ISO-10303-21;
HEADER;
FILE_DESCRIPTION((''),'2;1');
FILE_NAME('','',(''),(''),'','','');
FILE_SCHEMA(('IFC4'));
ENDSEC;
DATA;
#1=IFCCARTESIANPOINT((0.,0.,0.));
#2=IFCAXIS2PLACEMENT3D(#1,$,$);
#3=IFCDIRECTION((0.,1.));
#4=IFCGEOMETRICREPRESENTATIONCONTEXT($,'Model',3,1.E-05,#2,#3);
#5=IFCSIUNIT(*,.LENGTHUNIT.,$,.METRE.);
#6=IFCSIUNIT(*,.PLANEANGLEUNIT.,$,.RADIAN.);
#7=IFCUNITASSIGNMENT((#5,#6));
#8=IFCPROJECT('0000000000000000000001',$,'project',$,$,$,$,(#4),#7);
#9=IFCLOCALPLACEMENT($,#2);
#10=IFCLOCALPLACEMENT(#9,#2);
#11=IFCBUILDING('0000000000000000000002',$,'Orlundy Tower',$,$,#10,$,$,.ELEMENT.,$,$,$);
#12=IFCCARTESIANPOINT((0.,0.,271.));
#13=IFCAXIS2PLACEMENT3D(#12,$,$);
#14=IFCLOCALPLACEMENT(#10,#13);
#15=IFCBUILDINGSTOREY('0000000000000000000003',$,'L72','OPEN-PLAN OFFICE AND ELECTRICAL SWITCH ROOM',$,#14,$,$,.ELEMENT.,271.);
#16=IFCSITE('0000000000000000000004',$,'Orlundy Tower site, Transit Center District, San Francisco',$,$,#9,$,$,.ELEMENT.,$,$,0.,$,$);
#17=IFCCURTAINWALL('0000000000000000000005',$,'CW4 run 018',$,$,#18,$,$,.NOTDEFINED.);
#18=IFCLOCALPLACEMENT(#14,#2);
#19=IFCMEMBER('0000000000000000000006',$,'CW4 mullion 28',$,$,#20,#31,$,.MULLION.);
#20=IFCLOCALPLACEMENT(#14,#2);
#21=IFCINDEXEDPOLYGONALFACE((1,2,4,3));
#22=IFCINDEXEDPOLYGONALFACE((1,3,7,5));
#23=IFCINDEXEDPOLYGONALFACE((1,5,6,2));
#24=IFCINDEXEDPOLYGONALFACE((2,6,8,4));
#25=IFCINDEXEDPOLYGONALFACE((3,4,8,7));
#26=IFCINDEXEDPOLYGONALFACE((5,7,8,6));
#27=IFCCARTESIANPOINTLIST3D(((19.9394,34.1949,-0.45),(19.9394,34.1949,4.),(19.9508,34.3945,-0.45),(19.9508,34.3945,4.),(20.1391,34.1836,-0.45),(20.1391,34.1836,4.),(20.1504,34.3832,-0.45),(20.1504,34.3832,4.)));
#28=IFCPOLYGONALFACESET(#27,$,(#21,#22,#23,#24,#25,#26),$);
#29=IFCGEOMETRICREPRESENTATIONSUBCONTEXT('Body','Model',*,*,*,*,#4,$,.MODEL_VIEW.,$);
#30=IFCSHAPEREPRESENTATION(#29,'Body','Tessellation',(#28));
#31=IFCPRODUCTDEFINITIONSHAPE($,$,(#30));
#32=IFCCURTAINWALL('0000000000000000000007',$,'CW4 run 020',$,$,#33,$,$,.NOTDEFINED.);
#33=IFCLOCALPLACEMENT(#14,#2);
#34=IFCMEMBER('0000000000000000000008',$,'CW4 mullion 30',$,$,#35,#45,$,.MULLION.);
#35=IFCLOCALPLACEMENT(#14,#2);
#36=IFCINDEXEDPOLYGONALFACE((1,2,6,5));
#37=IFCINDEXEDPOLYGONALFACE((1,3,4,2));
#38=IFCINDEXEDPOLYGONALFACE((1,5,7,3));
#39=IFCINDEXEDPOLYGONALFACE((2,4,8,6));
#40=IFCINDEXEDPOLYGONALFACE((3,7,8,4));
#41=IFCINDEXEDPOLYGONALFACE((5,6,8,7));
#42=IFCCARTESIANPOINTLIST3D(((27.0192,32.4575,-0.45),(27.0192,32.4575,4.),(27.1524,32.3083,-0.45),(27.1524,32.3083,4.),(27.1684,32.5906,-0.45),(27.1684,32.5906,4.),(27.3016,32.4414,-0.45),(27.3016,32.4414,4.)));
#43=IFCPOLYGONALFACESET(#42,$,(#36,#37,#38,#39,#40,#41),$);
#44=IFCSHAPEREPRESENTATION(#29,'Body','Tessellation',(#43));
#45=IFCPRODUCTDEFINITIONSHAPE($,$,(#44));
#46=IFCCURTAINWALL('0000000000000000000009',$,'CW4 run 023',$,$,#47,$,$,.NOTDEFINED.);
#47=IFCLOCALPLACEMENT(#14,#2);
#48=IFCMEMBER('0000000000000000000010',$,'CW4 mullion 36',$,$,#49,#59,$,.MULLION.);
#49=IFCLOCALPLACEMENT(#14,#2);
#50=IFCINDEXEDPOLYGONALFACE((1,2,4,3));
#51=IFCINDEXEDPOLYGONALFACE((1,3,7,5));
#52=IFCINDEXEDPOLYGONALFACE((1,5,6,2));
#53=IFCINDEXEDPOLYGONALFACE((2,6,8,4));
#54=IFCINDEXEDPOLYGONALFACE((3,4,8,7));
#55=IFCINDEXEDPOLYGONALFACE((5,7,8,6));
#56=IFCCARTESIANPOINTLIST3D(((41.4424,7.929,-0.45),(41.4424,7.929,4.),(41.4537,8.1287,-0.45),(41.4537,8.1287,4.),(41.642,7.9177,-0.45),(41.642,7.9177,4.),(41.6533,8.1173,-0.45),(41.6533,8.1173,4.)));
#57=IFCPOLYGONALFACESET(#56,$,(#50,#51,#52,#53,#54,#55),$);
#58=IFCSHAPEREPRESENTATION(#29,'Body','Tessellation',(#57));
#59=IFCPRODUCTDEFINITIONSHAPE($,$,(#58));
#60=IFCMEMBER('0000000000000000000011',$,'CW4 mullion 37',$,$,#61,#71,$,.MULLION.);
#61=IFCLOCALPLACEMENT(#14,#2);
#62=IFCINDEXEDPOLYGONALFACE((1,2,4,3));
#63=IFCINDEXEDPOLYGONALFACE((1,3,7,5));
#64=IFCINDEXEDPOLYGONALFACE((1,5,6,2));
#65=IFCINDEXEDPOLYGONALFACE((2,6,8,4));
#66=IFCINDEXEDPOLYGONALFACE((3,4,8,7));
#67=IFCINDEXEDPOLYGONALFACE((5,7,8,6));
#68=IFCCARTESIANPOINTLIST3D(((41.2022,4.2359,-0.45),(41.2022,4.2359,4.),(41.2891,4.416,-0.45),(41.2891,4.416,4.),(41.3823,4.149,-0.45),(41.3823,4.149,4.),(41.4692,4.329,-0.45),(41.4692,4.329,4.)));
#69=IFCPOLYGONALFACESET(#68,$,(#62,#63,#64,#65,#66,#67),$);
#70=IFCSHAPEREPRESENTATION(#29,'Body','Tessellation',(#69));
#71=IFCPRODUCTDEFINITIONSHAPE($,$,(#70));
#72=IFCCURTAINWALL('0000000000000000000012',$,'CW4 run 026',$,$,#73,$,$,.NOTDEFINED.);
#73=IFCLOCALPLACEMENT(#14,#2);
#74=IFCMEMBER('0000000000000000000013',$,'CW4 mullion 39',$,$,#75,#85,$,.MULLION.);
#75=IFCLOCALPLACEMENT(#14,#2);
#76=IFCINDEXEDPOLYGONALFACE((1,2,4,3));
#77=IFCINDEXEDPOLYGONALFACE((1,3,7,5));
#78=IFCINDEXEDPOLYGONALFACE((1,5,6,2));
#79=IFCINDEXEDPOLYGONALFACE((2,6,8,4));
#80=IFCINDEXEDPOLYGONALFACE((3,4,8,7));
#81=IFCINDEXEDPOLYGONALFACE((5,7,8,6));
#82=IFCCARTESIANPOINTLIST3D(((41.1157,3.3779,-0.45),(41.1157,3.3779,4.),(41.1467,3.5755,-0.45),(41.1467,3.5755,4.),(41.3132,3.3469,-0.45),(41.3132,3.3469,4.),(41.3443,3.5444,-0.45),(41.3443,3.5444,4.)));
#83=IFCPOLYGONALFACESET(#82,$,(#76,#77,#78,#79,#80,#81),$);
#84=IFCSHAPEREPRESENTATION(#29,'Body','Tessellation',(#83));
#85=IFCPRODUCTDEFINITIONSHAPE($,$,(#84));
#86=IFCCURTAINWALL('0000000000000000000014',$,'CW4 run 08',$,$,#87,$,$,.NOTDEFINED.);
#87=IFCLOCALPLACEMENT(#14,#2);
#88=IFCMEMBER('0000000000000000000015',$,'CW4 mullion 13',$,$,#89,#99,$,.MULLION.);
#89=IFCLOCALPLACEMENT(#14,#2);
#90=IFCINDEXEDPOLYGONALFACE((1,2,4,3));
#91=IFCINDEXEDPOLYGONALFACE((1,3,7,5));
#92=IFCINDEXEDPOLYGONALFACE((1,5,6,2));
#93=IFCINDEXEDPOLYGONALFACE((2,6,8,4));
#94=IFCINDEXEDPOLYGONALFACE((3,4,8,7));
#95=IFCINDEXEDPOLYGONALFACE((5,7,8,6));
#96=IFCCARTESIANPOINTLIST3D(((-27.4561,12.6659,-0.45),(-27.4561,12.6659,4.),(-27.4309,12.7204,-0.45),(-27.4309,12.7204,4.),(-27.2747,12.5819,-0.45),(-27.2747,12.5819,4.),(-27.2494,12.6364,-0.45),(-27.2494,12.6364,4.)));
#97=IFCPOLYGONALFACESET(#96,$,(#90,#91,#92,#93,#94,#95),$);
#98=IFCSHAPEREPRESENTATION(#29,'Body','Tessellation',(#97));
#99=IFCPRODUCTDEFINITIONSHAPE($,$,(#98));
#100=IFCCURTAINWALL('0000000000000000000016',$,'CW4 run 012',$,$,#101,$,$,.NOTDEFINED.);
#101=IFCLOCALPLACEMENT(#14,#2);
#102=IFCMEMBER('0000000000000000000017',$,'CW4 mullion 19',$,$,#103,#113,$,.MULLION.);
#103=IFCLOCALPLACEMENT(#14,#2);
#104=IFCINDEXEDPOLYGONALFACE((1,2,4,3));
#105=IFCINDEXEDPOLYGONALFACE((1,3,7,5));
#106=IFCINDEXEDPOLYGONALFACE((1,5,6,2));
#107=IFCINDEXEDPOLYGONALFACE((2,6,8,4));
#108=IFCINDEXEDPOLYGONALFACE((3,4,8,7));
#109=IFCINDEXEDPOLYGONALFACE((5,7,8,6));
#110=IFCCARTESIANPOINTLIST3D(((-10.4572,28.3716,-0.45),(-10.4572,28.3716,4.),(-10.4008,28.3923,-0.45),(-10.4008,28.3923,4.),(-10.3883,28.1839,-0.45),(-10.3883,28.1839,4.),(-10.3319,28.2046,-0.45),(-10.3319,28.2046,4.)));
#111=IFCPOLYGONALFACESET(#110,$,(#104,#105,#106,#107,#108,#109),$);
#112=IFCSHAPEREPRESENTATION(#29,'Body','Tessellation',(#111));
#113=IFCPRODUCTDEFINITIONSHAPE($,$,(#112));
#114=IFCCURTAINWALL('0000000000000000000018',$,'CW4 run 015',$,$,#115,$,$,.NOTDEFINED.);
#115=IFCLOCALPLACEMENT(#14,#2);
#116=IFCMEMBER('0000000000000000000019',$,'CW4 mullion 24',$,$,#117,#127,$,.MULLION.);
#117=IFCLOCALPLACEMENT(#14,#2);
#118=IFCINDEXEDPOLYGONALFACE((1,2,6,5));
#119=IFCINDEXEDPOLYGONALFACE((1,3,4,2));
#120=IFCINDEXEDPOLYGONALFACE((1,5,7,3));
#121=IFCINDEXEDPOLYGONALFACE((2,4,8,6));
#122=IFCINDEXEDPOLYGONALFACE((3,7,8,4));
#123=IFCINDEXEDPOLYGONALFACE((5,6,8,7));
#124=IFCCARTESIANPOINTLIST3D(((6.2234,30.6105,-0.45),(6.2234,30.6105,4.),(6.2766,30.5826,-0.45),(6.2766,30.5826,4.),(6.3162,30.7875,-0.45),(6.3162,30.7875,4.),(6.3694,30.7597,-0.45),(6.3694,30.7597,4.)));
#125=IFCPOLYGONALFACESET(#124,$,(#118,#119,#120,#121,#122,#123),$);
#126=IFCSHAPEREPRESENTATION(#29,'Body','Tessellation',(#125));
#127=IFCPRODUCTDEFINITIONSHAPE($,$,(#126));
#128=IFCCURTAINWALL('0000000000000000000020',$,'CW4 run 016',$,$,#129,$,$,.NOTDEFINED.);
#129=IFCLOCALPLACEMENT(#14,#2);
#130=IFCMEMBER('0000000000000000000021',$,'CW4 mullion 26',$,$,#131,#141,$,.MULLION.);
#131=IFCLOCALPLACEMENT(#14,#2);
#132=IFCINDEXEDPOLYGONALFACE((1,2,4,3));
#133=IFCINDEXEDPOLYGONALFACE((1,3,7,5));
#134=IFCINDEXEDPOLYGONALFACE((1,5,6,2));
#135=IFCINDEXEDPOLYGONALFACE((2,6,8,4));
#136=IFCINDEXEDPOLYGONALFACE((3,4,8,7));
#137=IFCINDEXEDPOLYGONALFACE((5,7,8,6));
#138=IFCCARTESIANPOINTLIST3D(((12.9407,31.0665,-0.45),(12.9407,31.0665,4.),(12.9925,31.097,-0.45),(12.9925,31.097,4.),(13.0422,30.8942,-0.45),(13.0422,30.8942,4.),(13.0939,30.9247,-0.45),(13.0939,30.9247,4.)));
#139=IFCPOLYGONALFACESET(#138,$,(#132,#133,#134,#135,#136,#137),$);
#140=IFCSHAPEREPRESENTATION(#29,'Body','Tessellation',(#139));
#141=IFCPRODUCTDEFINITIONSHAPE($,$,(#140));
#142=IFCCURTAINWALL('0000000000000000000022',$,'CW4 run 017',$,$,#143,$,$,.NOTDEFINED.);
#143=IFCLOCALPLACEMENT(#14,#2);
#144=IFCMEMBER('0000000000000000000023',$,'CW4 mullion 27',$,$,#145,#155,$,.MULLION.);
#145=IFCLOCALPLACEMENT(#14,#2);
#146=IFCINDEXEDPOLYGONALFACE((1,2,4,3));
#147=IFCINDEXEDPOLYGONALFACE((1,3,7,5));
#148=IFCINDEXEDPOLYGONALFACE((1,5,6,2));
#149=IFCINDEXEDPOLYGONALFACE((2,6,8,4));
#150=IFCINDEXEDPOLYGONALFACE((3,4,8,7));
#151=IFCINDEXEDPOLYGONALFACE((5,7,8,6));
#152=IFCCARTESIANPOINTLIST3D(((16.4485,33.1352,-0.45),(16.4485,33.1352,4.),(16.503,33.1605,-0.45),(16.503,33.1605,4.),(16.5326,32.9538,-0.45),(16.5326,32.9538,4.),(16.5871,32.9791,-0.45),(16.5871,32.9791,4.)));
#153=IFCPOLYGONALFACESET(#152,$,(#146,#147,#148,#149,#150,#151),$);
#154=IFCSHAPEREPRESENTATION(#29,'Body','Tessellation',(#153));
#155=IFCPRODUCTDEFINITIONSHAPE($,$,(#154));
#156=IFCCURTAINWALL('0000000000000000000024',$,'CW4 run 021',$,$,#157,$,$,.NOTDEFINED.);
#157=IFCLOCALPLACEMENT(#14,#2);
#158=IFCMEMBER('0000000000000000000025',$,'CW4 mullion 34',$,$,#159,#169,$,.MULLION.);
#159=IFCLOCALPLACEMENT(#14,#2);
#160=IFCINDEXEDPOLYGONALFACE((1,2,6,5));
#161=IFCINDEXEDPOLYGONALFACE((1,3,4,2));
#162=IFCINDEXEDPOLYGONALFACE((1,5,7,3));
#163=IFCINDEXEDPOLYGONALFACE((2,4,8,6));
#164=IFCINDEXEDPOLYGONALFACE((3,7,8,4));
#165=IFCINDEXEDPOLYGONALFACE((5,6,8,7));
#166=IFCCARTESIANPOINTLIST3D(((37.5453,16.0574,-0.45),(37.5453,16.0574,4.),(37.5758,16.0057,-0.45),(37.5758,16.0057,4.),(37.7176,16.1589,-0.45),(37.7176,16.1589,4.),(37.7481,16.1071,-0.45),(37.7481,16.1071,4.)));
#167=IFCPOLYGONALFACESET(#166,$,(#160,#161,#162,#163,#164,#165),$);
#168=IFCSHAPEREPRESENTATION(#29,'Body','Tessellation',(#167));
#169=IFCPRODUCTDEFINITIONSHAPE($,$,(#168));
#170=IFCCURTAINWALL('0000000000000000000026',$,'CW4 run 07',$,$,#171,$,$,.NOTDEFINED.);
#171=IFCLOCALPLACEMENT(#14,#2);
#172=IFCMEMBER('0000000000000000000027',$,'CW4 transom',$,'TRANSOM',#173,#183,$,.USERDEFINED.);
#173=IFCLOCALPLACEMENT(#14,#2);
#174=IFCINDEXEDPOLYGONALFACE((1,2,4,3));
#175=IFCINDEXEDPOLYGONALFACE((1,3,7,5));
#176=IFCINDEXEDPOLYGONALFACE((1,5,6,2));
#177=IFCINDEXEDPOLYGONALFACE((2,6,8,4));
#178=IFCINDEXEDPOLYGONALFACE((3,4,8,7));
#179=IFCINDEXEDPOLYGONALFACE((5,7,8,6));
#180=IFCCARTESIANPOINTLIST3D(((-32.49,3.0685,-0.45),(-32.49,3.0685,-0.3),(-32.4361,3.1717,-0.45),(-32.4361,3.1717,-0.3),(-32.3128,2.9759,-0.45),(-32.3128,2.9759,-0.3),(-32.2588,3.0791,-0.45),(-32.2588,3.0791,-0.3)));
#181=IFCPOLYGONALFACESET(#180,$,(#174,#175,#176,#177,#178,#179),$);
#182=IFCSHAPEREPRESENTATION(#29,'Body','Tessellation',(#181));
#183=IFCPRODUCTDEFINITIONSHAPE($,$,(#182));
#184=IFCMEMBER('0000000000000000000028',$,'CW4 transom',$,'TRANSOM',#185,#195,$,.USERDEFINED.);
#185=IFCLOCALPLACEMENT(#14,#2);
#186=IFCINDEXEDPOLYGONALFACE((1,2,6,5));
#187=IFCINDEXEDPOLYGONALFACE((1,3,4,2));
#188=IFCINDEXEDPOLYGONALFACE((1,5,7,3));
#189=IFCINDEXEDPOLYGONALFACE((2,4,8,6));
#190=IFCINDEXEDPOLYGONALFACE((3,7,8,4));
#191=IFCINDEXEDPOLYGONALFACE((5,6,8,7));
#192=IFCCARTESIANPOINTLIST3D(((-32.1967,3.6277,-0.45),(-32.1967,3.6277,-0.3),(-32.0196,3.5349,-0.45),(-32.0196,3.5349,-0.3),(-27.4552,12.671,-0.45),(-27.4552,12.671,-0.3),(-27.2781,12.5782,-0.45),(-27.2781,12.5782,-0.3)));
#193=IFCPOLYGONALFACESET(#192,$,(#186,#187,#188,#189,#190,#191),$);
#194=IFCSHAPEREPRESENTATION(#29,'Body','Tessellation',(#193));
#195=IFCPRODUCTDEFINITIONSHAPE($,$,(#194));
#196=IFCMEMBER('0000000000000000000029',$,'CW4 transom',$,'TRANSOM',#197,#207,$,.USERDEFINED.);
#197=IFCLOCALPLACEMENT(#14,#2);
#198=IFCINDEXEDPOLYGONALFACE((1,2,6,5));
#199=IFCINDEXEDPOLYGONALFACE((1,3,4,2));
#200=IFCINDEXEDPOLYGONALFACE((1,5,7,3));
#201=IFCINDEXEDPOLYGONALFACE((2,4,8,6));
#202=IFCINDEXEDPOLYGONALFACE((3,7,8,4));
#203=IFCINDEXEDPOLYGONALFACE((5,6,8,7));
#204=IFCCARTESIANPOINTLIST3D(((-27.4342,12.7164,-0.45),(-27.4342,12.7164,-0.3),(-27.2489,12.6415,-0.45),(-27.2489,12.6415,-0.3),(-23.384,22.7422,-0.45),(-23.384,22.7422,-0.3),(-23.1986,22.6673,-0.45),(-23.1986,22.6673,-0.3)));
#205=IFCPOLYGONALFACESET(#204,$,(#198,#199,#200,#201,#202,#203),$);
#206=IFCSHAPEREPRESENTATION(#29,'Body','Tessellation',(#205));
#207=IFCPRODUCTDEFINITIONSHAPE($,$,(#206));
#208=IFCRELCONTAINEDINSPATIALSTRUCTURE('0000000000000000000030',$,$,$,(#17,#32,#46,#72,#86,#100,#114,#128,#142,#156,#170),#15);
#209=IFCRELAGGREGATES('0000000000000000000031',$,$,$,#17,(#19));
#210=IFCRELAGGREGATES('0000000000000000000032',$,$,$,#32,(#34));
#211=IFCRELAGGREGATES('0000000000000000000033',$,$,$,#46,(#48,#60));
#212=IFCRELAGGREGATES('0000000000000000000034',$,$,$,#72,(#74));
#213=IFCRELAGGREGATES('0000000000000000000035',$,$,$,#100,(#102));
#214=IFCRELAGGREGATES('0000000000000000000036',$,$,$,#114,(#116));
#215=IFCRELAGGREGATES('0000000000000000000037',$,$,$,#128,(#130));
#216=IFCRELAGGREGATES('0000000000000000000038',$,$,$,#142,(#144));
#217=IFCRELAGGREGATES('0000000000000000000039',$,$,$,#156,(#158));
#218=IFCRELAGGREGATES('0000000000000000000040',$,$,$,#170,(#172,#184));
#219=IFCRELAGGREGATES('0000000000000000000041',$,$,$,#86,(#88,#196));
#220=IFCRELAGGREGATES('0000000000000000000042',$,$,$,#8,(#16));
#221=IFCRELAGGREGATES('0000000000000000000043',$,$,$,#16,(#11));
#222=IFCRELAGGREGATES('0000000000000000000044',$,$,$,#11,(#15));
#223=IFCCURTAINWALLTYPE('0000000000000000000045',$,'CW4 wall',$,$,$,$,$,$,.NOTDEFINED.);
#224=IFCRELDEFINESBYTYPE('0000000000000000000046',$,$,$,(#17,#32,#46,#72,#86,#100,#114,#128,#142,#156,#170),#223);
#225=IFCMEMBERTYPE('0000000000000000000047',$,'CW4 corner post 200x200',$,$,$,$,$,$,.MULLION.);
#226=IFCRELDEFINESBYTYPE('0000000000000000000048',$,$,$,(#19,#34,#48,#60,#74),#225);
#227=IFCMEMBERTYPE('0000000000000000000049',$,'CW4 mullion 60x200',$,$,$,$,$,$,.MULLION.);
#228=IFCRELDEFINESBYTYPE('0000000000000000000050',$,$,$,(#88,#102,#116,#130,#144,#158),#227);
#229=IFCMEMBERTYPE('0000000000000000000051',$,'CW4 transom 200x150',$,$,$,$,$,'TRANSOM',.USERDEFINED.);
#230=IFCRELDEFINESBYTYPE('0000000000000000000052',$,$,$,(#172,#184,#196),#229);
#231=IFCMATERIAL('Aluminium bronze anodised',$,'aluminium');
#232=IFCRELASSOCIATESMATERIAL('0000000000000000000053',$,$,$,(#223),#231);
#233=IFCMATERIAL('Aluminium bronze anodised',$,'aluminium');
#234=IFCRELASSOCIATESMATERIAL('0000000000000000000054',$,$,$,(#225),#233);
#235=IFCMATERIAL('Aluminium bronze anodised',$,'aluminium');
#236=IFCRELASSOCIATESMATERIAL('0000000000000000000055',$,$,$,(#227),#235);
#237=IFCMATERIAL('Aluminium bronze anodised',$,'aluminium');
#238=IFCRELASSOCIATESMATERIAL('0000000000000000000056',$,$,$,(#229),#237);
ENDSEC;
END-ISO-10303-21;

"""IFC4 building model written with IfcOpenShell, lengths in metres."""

from ifc_helpers import new_model, si_unit, direction, frame, origin, origin_2d, place, context, subcontext, project, spatial, rectangle, extrude, material, material_profile, profile_set, type_object, element, aggregate, save


model = new_model("IFC4")

# Units and contexts
model_context = context("Model", 3, precision=1e-05, world=origin(), true_north=direction((0.0, 1.0)))
body_context = subcontext(model_context, "Body", "Model", "MODEL_VIEW")
ifc_project = project(units=[si_unit("LENGTHUNIT", "METRE"), si_unit("PLANEANGLEUNIT", "RADIAN")], contexts=[model_context])

# Site, building, storey
site_placement = place(None, origin())
site = spatial("IfcSite", under=ifc_project, at=site_placement, Name="Orlundy Tower site, Transit Center District, San Francisco", CompositionType="ELEMENT", RefElevation=0.0)
building_placement = place(site_placement, origin())
building = spatial("IfcBuilding", under=site, at=building_placement, Name="Orlundy Tower", CompositionType="ELEMENT")
storey_placement = place(building_placement, frame((0.0, 0.0, 271.0)))
storey = spatial("IfcBuildingStorey", under=building, at=storey_placement, Name="L72", Description="OPEN-PLAN OFFICE AND ELECTRICAL SWITCH ROOM", CompositionType="ELEMENT", Elevation=271.0)

# Curtain walls, members
ifc_material_1 = material(Name="Aluminium bronze anodised", Category="aluminium")
curtain_wall_type = type_object("IfcCurtainWallType", Name="CW4 wall", PredefinedType="NOTDEFINED", material=ifc_material_1)
curtain_wall_1_placement = place(storey_placement, origin())
curtain_wall_1 = element("IfcCurtainWall", 1, at=curtain_wall_1_placement, inside=storey, type_object=curtain_wall_type, Name="CW4 run 018", PredefinedType="NOTDEFINED")
ifc_material_2 = material(Name="Aluminium bronze anodised", Category="aluminium")
ifc_material_profile_1 = material_profile(ifc_material_2, rectangle(XDim=0.2, YDim=0.2, at=origin_2d()), Name="CW4 corner post 200x200")
ifc_profile_set_1 = profile_set([ifc_material_profile_1], Name="Aluminium bronze anodised")
member_type_1 = type_object("IfcMemberType", Name="CW4 corner post 200x200", PredefinedType="MULLION", material=ifc_profile_set_1)
member_1_placement = place(storey_placement, frame((20.0449, 34.2891, -0.45), z_axis=(0.0, 0.0, 1.0), x_axis=(0.05665, 0.998394, 0.0)))
member_1 = element("IfcMember", 2, at=member_1_placement, type_object=member_type_1, Name="CW4 mullion 28", PredefinedType="MULLION", context=body_context, shape_type="SweptSolid", body=[
    extrude(rectangle(XDim=0.2, YDim=0.2, at=origin_2d()), origin(), (0.0, 0.0, 1.0), 4.45),
])
aggregate(curtain_wall_1, [member_1])
curtain_wall_2_placement = place(storey_placement, origin())
curtain_wall_2 = element("IfcCurtainWall", 3, at=curtain_wall_2_placement, inside=storey, type_object=curtain_wall_type, Name="CW4 run 020", PredefinedType="NOTDEFINED")
member_2_placement = place(storey_placement, frame((27.1604, 32.4495, -0.45), z_axis=(0.0, 0.0, 1.0), x_axis=(0.746158, 0.665769, 0.0)))
member_2 = element("IfcMember", 4, at=member_2_placement, type_object=member_type_1, Name="CW4 mullion 30", PredefinedType="MULLION", context=body_context, shape_type="SweptSolid", body=[
    extrude(rectangle(XDim=0.2, YDim=0.2, at=origin_2d()), origin(), (0.0, 0.0, 1.0), 4.45),
])
aggregate(curtain_wall_2, [member_2])

# Curtain wall, members
curtain_wall_3_placement = place(storey_placement, origin())
curtain_wall_3 = element("IfcCurtainWall", 5, at=curtain_wall_3_placement, inside=storey, type_object=curtain_wall_type, Name="CW4 run 023", PredefinedType="NOTDEFINED")
member_3_placement = place(storey_placement, frame((41.5479, 8.0232, -0.45), z_axis=(0.0, 0.0, 1.0), x_axis=(0.998394, -0.05665, 0.0)))
member_3 = element("IfcMember", 6, at=member_3_placement, type_object=member_type_1, Name="CW4 mullion 36", PredefinedType="MULLION", context=body_context, shape_type="SweptSolid", body=[
    extrude(rectangle(XDim=0.2, YDim=0.2, at=origin_2d()), origin(), (0.0, 0.0, 1.0), 4.45),
])
member_4_placement = place(storey_placement, frame((41.3357, 4.2825, -0.45), z_axis=(0.0, 0.0, 1.0), x_axis=(0.900552, -0.434749, 0.0)))
member_4 = element("IfcMember", 7, at=member_4_placement, type_object=member_type_1, Name="CW4 mullion 37", PredefinedType="MULLION", context=body_context, shape_type="SweptSolid", body=[
    extrude(rectangle(XDim=0.2, YDim=0.2, at=origin_2d()), origin(), (0.0, 0.0, 1.0), 4.45),
])
aggregate(curtain_wall_3, [member_3, member_4])

# Curtain walls, members
curtain_wall_4_placement = place(storey_placement, origin())
curtain_wall_4 = element("IfcCurtainWall", 8, at=curtain_wall_4_placement, inside=storey, type_object=curtain_wall_type, Name="CW4 run 026", PredefinedType="NOTDEFINED")
member_5_placement = place(storey_placement, frame((41.23, 3.4612, -0.45), z_axis=(0.0, 0.0, 1.0), x_axis=(0.987896, -0.155117, 0.0)))
member_5 = element("IfcMember", 9, at=member_5_placement, type_object=member_type_1, Name="CW4 mullion 39", PredefinedType="MULLION", context=body_context, shape_type="SweptSolid", body=[
    extrude(rectangle(XDim=0.2, YDim=0.2, at=origin_2d()), origin(), (0.0, 0.0, 1.0), 4.45),
])
aggregate(curtain_wall_4, [member_5])
curtain_wall_5_placement = place(storey_placement, origin())
curtain_wall_5 = element("IfcCurtainWall", 10, at=curtain_wall_5_placement, inside=storey, type_object=curtain_wall_type, Name="CW4 run 08", PredefinedType="NOTDEFINED")
ifc_material_3 = material(Name="Aluminium bronze anodised", Category="aluminium")
ifc_material_profile_2 = material_profile(ifc_material_3, rectangle(XDim=0.2, YDim=0.0601, at=origin_2d()), Name="CW4 mullion 60x200")
ifc_profile_set_2 = profile_set([ifc_material_profile_2], Name="Aluminium bronze anodised")
member_type_2 = type_object("IfcMemberType", Name="CW4 mullion 60x200", PredefinedType="MULLION", material=ifc_profile_set_2)
member_6_placement = place(storey_placement, frame((-27.3528, 12.6511, -0.45), z_axis=(0.0, 0.0, 1.0), x_axis=(-0.907531, 0.419986, 0.0)))
member_6 = element("IfcMember", 11, at=member_6_placement, type_object=member_type_2, Name="CW4 mullion 13", PredefinedType="MULLION", context=body_context, shape_type="SweptSolid", body=[
    extrude(rectangle(XDim=0.2, YDim=0.0601, at=origin_2d()), origin(), (0.0, 0.0, 1.0), 4.45),
])
curtain_wall_6_placement = place(storey_placement, origin())
curtain_wall_6 = element("IfcCurtainWall", 12, at=curtain_wall_6_placement, inside=storey, type_object=curtain_wall_type, Name="CW4 run 012", PredefinedType="NOTDEFINED")
member_7_placement = place(storey_placement, frame((-10.3945, 28.2881, -0.45), z_axis=(0.0, 0.0, 1.0), x_axis=(-0.344761, 0.93869, 0.0)))
member_7 = element("IfcMember", 13, at=member_7_placement, type_object=member_type_2, Name="CW4 mullion 19", PredefinedType="MULLION", context=body_context, shape_type="SweptSolid", body=[
    extrude(rectangle(XDim=0.2, YDim=0.0601, at=origin_2d()), origin(), (0.0, 0.0, 1.0), 4.45),
])
aggregate(curtain_wall_6, [member_7])
curtain_wall_7_placement = place(storey_placement, origin())
curtain_wall_7 = element("IfcCurtainWall", 14, at=curtain_wall_7_placement, inside=storey, type_object=curtain_wall_type, Name="CW4 run 015", PredefinedType="NOTDEFINED")
member_8_placement = place(storey_placement, frame((6.2964, 30.6851, -0.45), z_axis=(0.0, 0.0, 1.0), x_axis=(0.464281, 0.885688, 0.0)))
member_8 = element("IfcMember", 15, at=member_8_placement, type_object=member_type_2, Name="CW4 mullion 24", PredefinedType="MULLION", context=body_context, shape_type="SweptSolid", body=[
    extrude(rectangle(XDim=0.2, YDim=0.0601, at=origin_2d()), origin(), (0.0, 0.0, 1.0), 4.45),
])
aggregate(curtain_wall_7, [member_8])
curtain_wall_8_placement = place(storey_placement, origin())
curtain_wall_8 = element("IfcCurtainWall", 16, at=curtain_wall_8_placement, inside=storey, type_object=curtain_wall_type, Name="CW4 run 016", PredefinedType="NOTDEFINED")
member_9_placement = place(storey_placement, frame((13.0173, 30.9956, -0.45), z_axis=(0.0, 0.0, 1.0), x_axis=(-0.507457, 0.861677, 0.0)))
member_9 = element("IfcMember", 17, at=member_9_placement, type_object=member_type_2, Name="CW4 mullion 26", PredefinedType="MULLION", context=body_context, shape_type="SweptSolid", body=[
    extrude(rectangle(XDim=0.2, YDim=0.0601, at=origin_2d()), origin(), (0.0, 0.0, 1.0), 4.45),
])
aggregate(curtain_wall_8, [member_9])
curtain_wall_9_placement = place(storey_placement, origin())
curtain_wall_9 = element("IfcCurtainWall", 18, at=curtain_wall_9_placement, inside=storey, type_object=curtain_wall_type, Name="CW4 run 017", PredefinedType="NOTDEFINED")
member_10_placement = place(storey_placement, frame((16.5178, 33.0571, -0.45), z_axis=(0.0, 0.0, 1.0), x_axis=(-0.420608, 0.907242, 0.0)))
member_10 = element("IfcMember", 19, at=member_10_placement, type_object=member_type_2, Name="CW4 mullion 27", PredefinedType="MULLION", context=body_context, shape_type="SweptSolid", body=[
    extrude(rectangle(XDim=0.2, YDim=0.0601, at=origin_2d()), origin(), (0.0, 0.0, 1.0), 4.45),
])
aggregate(curtain_wall_9, [member_10])
curtain_wall_10_placement = place(storey_placement, origin())
curtain_wall_10 = element("IfcCurtainWall", 20, at=curtain_wall_10_placement, inside=storey, type_object=curtain_wall_type, Name="CW4 run 021", PredefinedType="NOTDEFINED")
member_11_placement = place(storey_placement, frame((37.6467, 16.0823, -0.45), z_axis=(0.0, 0.0, 1.0), x_axis=(0.861633, 0.507532, 0.0)))
member_11 = element("IfcMember", 21, at=member_11_placement, type_object=member_type_2, Name="CW4 mullion 34", PredefinedType="MULLION", context=body_context, shape_type="SweptSolid", body=[
    extrude(rectangle(XDim=0.2, YDim=0.0601, at=origin_2d()), origin(), (0.0, 0.0, 1.0), 4.45),
])
aggregate(curtain_wall_10, [member_11])

# Curtain wall, members
curtain_wall_11_placement = place(storey_placement, origin())
curtain_wall_11 = element("IfcCurtainWall", 22, at=curtain_wall_11_placement, inside=storey, type_object=curtain_wall_type, Name="CW4 run 07", PredefinedType="NOTDEFINED")
ifc_material_4 = material(Name="Aluminium bronze anodised", Category="aluminium")
ifc_material_profile_3 = material_profile(ifc_material_4, rectangle(XDim=0.2, YDim=0.1499, at=origin_2d()), Name="CW4 transom 200x150")
ifc_profile_set_3 = profile_set([ifc_material_profile_3], Name="Aluminium bronze anodised")
member_type_3 = type_object("IfcMemberType", Name="CW4 transom 200x150", ElementType="TRANSOM", PredefinedType="USERDEFINED", material=ifc_profile_set_3)
member_12_placement = place(storey_placement, frame((-32.4014, 3.0222, -0.375), z_axis=(0.463067, 0.886323, 0.0), x_axis=(-0.886323, 0.463067, 0.0)))
member_12 = element("IfcMember", 23, at=member_12_placement, type_object=member_type_3, Name="CW4 transom", ObjectType="TRANSOM", PredefinedType="USERDEFINED", context=body_context, shape_type="SweptSolid", body=[
    extrude(rectangle(XDim=0.2, YDim=0.1499, at=origin_2d()), origin(), (0.0, 0.0, 1.0), 0.1165),
])
member_13_placement = place(storey_placement, frame((-32.1082, 3.5813, -0.375), z_axis=(0.464355, 0.885649, 0.0), x_axis=(-0.885649, 0.464355, 0.0)))
member_13 = element("IfcMember", 24, at=member_13_placement, type_object=member_type_3, Name="CW4 transom", ObjectType="TRANSOM", PredefinedType="USERDEFINED", context=body_context, shape_type="SweptSolid", body=[
    extrude(rectangle(XDim=0.2, YDim=0.1499, at=origin_2d()), origin(), (0.0, 0.0, 1.0), 10.2109),
])
aggregate(curtain_wall_11, [member_12, member_13])

# Member
member_14_placement = place(storey_placement, frame((-27.3416, 12.679, -0.375), z_axis=(0.374573, 0.927198, 0.0), x_axis=(-0.927198, 0.374573, 0.0)))
member_14 = element("IfcMember", 25, at=member_14_placement, type_object=member_type_3, Name="CW4 transom", ObjectType="TRANSOM", PredefinedType="USERDEFINED", context=body_context, shape_type="SweptSolid", body=[
    extrude(rectangle(XDim=0.2, YDim=0.1499, at=origin_2d()), origin(), (0.0, 0.0, 1.0), 10.813),
])
aggregate(curtain_wall_5, [member_6, member_14])

save(model, "model.ifc")
